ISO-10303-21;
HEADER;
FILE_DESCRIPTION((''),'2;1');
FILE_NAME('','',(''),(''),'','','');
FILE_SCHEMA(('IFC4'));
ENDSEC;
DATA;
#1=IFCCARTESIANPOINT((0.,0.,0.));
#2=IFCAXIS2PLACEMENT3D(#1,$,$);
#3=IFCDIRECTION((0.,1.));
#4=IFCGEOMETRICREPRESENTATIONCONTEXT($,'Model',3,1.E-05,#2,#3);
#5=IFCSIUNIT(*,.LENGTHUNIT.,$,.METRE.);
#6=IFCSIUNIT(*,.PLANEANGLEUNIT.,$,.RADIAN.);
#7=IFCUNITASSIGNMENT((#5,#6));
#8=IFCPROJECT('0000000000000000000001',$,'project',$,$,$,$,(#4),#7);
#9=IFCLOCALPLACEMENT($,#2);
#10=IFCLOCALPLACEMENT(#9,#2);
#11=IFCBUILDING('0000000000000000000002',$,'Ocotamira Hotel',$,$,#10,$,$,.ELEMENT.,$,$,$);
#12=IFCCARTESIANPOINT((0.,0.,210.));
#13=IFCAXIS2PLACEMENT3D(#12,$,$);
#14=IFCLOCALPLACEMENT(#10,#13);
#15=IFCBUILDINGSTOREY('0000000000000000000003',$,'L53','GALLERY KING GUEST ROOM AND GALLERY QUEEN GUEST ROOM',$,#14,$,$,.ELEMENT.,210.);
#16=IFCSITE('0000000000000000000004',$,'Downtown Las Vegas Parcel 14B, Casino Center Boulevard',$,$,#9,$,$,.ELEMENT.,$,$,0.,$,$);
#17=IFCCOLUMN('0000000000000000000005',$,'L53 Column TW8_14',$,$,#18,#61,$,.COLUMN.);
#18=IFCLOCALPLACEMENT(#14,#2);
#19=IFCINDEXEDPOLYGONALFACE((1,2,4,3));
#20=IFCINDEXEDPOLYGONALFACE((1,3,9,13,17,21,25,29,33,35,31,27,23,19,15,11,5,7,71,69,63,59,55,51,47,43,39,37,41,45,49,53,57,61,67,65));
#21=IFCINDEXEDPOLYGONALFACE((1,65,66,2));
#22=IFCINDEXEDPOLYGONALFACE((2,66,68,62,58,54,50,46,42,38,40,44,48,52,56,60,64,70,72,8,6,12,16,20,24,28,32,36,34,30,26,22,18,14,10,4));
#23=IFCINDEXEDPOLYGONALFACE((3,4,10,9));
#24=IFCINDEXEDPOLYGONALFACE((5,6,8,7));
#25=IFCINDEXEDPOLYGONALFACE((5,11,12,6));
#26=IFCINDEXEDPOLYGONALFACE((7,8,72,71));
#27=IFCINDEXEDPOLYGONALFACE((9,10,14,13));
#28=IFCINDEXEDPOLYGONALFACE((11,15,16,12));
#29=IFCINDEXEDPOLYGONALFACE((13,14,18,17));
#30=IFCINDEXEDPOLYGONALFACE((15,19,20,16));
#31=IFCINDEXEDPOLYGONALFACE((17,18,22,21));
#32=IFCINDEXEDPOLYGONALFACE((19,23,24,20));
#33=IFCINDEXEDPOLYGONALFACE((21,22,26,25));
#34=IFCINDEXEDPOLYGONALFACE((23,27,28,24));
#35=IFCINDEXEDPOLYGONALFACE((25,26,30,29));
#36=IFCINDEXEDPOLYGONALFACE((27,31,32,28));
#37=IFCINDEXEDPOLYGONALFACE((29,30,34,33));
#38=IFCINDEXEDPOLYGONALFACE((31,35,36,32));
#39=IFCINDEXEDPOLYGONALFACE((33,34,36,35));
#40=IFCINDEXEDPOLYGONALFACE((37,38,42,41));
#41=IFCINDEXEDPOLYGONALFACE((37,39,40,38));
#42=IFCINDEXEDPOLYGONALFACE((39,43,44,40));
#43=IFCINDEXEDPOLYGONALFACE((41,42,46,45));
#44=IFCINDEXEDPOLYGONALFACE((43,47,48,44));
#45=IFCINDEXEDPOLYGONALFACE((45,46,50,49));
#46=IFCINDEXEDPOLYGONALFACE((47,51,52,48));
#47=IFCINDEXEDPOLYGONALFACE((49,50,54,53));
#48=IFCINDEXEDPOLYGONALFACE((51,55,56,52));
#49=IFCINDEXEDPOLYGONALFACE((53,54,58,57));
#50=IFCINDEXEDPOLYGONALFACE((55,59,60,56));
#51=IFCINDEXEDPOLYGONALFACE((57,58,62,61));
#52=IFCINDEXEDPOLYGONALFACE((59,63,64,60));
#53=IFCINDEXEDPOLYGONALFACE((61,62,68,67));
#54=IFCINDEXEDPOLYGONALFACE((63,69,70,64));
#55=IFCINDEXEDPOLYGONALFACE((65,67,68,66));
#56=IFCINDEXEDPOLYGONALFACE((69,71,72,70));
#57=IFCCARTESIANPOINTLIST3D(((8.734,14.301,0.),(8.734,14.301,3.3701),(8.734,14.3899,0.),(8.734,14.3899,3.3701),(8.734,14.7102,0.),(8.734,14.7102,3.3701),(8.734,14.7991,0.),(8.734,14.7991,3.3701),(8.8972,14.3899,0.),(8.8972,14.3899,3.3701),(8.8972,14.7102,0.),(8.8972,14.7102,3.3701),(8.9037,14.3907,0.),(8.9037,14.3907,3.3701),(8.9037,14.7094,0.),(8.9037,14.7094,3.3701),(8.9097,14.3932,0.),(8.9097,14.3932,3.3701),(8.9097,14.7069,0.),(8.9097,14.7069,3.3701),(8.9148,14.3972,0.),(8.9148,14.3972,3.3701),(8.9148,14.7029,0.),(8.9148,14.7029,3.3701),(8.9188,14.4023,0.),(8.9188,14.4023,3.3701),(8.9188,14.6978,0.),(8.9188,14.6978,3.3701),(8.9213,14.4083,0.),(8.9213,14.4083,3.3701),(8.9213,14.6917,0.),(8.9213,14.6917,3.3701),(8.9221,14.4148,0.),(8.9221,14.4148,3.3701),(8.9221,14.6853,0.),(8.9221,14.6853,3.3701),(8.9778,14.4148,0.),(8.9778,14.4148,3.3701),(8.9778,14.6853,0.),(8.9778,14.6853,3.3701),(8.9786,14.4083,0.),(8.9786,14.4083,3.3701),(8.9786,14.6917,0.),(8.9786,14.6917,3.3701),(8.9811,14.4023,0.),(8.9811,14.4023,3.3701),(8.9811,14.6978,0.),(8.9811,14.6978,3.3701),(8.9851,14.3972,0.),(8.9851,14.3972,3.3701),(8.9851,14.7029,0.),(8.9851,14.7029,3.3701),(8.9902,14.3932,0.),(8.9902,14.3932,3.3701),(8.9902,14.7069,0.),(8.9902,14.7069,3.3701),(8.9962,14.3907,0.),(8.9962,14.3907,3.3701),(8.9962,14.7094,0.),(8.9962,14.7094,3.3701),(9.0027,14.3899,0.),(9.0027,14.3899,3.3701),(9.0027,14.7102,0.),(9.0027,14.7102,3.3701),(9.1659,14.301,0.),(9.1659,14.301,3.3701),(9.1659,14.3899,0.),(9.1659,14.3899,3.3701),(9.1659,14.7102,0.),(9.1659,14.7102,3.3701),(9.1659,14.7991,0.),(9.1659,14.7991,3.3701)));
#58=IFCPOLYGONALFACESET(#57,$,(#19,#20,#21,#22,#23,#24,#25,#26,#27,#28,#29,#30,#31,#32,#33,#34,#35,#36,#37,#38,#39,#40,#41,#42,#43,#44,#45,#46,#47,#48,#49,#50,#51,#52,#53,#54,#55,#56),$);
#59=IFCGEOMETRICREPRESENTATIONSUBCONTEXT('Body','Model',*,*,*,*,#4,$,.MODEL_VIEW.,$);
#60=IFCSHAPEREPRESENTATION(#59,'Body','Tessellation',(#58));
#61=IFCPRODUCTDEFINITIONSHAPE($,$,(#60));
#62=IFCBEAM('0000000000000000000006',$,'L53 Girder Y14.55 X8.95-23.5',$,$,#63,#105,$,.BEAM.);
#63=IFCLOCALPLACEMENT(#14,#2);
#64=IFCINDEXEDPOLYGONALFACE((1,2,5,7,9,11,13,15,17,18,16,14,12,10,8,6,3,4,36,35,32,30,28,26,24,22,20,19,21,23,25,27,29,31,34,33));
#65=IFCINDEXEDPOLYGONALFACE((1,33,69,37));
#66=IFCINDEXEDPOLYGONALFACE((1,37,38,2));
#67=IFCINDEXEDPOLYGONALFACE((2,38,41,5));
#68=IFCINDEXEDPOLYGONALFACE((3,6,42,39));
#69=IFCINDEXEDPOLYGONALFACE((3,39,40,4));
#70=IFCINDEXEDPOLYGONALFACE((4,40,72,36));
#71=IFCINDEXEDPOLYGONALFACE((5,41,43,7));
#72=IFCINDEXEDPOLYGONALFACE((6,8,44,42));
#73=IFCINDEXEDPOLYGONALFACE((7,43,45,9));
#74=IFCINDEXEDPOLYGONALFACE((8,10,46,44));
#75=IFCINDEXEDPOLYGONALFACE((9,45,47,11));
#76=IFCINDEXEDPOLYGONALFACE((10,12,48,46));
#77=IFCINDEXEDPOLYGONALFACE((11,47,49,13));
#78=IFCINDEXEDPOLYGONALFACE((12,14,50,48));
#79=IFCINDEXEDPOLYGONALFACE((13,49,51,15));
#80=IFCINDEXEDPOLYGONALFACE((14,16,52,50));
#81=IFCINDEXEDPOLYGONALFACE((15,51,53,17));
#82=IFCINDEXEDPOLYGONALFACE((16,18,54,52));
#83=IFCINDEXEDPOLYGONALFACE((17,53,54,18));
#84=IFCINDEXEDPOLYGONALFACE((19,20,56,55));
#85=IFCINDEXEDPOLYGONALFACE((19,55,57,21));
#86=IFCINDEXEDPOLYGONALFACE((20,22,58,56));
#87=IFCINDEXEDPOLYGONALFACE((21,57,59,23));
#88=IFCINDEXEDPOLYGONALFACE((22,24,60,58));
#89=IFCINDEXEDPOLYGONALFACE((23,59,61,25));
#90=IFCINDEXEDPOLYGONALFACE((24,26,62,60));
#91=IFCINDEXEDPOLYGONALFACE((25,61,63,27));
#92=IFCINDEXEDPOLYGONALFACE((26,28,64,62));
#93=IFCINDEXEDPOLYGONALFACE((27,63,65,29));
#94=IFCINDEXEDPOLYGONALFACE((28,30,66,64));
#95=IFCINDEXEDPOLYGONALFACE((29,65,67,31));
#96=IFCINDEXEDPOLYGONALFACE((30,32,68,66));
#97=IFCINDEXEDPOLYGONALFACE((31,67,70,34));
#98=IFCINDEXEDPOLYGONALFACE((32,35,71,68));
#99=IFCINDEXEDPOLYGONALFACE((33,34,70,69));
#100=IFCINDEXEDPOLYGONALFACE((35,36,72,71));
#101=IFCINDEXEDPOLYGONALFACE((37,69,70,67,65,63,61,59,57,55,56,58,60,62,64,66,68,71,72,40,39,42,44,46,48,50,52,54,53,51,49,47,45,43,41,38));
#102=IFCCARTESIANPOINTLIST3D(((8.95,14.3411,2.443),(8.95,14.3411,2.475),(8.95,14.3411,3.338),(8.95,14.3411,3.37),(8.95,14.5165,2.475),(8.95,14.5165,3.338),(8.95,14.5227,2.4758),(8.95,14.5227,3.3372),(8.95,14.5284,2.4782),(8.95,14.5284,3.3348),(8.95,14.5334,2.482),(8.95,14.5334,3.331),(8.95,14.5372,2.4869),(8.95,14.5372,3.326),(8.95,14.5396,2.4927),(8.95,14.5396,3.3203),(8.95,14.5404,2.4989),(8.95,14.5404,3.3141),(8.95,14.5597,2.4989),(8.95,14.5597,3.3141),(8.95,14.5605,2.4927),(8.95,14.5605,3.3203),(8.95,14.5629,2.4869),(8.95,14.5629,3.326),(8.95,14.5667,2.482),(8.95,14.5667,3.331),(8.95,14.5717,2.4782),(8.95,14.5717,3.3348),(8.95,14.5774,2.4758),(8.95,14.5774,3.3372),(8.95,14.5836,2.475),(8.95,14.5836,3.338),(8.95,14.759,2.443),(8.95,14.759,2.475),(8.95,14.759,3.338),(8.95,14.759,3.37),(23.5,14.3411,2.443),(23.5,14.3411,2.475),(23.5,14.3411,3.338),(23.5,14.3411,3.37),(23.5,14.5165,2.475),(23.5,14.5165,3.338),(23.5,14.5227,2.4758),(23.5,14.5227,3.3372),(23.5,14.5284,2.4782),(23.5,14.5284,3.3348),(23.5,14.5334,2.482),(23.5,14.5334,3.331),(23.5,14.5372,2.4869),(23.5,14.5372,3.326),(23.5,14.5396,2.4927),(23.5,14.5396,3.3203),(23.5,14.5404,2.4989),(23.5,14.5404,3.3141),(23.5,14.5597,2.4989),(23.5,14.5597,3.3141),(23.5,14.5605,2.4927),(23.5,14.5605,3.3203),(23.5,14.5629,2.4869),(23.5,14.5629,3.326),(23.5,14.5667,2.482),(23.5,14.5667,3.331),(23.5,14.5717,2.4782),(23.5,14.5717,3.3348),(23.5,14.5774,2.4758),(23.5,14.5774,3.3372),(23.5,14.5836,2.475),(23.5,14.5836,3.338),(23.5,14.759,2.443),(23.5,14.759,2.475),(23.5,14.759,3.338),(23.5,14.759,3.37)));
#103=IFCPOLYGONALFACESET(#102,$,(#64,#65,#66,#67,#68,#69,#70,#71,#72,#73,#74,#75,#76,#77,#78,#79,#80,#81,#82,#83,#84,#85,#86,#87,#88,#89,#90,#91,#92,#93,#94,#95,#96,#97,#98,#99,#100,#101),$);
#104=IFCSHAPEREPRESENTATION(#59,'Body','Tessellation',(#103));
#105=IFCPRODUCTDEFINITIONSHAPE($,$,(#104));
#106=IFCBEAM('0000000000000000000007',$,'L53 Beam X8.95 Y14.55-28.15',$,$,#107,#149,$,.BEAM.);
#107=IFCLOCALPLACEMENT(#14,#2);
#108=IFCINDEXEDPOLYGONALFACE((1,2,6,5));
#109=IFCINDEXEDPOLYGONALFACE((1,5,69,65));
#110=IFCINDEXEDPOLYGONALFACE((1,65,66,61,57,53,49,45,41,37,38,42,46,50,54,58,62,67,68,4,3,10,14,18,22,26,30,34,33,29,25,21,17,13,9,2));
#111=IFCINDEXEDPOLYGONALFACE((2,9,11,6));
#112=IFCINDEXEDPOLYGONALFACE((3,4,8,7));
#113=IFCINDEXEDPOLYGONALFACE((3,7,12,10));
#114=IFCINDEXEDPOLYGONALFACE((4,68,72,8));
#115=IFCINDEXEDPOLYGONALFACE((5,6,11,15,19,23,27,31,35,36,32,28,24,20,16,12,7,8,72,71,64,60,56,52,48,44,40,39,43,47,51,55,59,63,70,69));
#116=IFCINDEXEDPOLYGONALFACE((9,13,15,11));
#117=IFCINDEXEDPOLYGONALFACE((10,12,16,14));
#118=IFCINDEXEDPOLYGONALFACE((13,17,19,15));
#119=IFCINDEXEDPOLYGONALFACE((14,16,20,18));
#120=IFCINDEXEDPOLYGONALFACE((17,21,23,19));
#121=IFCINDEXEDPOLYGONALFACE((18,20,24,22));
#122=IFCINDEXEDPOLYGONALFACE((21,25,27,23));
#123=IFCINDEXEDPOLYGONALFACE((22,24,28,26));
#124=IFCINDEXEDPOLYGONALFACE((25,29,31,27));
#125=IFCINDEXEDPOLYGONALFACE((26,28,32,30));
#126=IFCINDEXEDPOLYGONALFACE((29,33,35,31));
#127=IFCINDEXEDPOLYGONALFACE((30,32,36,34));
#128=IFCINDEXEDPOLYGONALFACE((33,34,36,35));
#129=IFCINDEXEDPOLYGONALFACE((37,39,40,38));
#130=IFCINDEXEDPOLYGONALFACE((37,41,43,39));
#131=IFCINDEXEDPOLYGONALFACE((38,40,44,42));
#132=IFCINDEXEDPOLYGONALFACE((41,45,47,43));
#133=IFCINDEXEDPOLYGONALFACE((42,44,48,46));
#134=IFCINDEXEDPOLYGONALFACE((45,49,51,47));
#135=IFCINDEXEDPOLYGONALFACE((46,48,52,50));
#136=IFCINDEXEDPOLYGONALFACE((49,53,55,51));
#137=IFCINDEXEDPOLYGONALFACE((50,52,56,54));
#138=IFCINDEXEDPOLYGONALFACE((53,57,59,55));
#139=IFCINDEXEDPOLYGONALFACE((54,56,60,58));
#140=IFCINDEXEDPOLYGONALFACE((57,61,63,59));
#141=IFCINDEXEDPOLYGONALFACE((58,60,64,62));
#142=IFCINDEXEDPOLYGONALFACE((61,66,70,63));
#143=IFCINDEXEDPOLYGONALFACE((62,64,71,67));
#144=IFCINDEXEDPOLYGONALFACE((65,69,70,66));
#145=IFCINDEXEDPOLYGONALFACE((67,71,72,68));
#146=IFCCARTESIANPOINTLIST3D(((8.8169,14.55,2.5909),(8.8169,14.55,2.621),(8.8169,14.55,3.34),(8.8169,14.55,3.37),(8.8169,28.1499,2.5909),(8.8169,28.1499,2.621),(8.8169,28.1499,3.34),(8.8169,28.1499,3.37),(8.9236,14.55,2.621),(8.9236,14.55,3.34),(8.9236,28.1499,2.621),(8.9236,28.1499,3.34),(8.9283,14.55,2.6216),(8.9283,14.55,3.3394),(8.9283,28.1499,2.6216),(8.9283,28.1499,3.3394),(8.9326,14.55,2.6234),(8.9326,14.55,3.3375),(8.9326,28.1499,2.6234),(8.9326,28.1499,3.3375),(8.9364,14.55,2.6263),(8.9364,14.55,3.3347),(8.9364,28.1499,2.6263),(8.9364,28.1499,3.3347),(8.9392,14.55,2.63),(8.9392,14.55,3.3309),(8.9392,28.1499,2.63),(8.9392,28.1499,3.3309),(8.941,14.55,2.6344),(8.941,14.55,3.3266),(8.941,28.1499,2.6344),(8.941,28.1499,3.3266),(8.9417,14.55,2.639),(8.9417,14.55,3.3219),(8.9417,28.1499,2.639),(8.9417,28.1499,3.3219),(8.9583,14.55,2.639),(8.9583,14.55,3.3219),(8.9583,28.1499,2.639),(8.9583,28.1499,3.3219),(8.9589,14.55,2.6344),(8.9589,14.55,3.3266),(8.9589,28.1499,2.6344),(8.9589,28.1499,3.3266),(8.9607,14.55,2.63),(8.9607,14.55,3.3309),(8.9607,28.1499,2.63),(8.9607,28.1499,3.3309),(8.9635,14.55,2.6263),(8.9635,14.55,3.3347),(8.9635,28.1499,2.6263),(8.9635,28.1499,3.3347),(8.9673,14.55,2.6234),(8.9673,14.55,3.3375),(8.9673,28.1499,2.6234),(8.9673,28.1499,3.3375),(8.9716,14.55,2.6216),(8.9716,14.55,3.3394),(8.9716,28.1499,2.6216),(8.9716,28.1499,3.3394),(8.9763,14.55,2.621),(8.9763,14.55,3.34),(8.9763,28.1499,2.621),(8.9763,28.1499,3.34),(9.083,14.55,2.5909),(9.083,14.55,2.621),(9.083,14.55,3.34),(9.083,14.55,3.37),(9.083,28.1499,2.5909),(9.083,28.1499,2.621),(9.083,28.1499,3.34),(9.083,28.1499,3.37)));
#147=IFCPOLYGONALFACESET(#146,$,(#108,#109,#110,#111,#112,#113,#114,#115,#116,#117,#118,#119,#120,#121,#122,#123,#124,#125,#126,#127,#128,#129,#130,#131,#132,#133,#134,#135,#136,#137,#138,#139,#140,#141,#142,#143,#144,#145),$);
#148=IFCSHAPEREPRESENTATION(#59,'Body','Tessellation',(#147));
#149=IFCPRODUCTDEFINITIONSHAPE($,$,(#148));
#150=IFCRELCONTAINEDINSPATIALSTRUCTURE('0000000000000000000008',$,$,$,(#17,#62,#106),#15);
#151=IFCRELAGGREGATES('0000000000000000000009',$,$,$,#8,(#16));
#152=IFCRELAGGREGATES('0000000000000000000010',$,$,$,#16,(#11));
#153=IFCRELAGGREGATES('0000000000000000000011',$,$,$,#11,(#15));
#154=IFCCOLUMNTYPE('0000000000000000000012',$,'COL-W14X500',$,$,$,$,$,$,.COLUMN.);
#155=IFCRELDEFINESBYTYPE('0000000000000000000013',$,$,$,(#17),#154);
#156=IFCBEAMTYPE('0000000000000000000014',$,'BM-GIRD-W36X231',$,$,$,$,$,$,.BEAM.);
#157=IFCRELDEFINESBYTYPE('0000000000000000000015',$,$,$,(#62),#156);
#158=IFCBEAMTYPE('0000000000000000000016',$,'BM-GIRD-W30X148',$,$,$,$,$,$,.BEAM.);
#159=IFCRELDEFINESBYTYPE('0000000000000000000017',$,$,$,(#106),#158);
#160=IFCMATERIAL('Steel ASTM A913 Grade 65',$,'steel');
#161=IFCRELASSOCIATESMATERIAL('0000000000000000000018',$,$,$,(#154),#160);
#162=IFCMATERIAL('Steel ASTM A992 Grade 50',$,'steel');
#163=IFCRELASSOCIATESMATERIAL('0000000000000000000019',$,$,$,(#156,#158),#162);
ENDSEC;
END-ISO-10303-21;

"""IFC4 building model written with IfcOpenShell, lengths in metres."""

from ifc_helpers import new_model, si_unit, direction, frame, origin, origin_2d, place, context, subcontext, project, spatial, i_section, extrude, source, transform, mapped, material, material_profile, profile_set, type_object, element, save


model = new_model("IFC4")

# Units and contexts
model_context = context("Model", 3, precision=1e-05, world=origin(), true_north=direction((0.0, 1.0)))
body_context = subcontext(model_context, "Body", "Model", "MODEL_VIEW")
ifc_project = project(units=[si_unit("LENGTHUNIT", "METRE"), si_unit("PLANEANGLEUNIT", "RADIAN")], contexts=[model_context])

# Site, building, storey
site_placement = place(None, origin())
site = spatial("IfcSite", under=ifc_project, at=site_placement, Name="Downtown Las Vegas Parcel 14B, Casino Center Boulevard", CompositionType="ELEMENT", RefElevation=0.0)
building_placement = place(site_placement, origin())
building = spatial("IfcBuilding", under=site, at=building_placement, Name="Ocotamira Hotel", CompositionType="ELEMENT")
storey_placement = place(building_placement, frame((0.0, 0.0, 210.0)))
storey = spatial("IfcBuildingStorey", under=building, at=storey_placement, Name="L53", Description="GALLERY KING GUEST ROOM AND GALLERY QUEEN GUEST ROOM", CompositionType="ELEMENT", Elevation=210.0)

# Column
ifc_material_1 = material(Name="Steel ASTM A913 Grade 65", Category="steel")
ifc_material_profile_1 = material_profile(ifc_material_1, i_section(OverallWidth=0.4319, OverallDepth=0.498, WebThickness=0.0557, FlangeThickness=0.0889, FilletRadius=0.0249, at=origin_2d()), Name="W14X500")
ifc_profile_set_1 = profile_set([ifc_material_profile_1], Name="Steel ASTM A913 Grade 65")
column_type = type_object("IfcColumnType", Name="COL-W14X500", PredefinedType="COLUMN", material=ifc_profile_set_1)
shared_shape_1 = source(origin(), body_context, "Body", "SweptSolid", [
    extrude(i_section(OverallWidth=0.4319, OverallDepth=0.498, WebThickness=0.0557, FlangeThickness=0.0889, FilletRadius=0.0249, at=origin_2d()), origin(), (0.0, 0.0, 1.0), 3.3701),
])
column_placement = place(storey_placement, frame((8.95, 14.55, 0.0), z_axis=(0.0, 0.0, 1.0), x_axis=(1.0, 0.0, 0.0)))
element("IfcColumn", 1, at=column_placement, inside=storey, type_object=column_type, Name="L53 Column TW8_14", PredefinedType="COLUMN", context=body_context, shape_type="MappedRepresentation", body=[
    mapped(shared_shape_1, transform((0.0, 0.0, 0.0), scale=1.0)),
])

# Beams
ifc_material_2 = material(Name="Steel ASTM A992 Grade 50", Category="steel")
ifc_material_profile_2 = material_profile(ifc_material_2, i_section(OverallWidth=0.418, OverallDepth=0.927, WebThickness=0.0193, FlangeThickness=0.032, FilletRadius=0.0239, at=origin_2d()), Name="W36X231")
ifc_profile_set_2 = profile_set([ifc_material_profile_2], Name="Steel ASTM A992 Grade 50")
beam_type_1 = type_object("IfcBeamType", Name="BM-GIRD-W36X231", PredefinedType="BEAM", material=ifc_profile_set_2)
shared_shape_2 = source(origin(), body_context, "Body", "SweptSolid", [
    extrude(i_section(OverallWidth=0.418, OverallDepth=0.927, WebThickness=0.0193, FlangeThickness=0.032, FilletRadius=0.0239, at=origin_2d()), origin(), (0.0, 0.0, 1.0), 14.55),
])
beam_1_placement = place(storey_placement, frame((8.95, 14.55, 2.9065), z_axis=(1.0, 0.0, 0.0), x_axis=(0.0, 1.0, 0.0)))
element("IfcBeam", 2, at=beam_1_placement, inside=storey, type_object=beam_type_1, Name="L53 Girder Y14.55 X8.95-23.5", PredefinedType="BEAM", context=body_context, shape_type="MappedRepresentation", body=[
    mapped(shared_shape_2, transform((0.0, 0.0, 0.0), scale=1.0)),
])
ifc_material_profile_3 = material_profile(ifc_material_2, i_section(OverallWidth=0.2661, OverallDepth=0.7791, WebThickness=0.0166, FlangeThickness=0.03, FilletRadius=0.0181, at=origin_2d()), Name="W30X148")
ifc_profile_set_3 = profile_set([ifc_material_profile_3], Name="Steel ASTM A992 Grade 50")
beam_type_2 = type_object("IfcBeamType", Name="BM-GIRD-W30X148", PredefinedType="BEAM", material=ifc_profile_set_3)
shared_shape_3 = source(origin(), body_context, "Body", "SweptSolid", [
    extrude(i_section(OverallWidth=0.2661, OverallDepth=0.7791, WebThickness=0.0166, FlangeThickness=0.03, FilletRadius=0.0181, at=origin_2d()), origin(), (0.0, 0.0, 1.0), 13.5999),
])
beam_2_placement = place(storey_placement, frame((8.95, 14.55, 2.9805), z_axis=(0.0, 1.0, 0.0), x_axis=(-1.0, 0.0, 0.0)))
element("IfcBeam", 3, at=beam_2_placement, inside=storey, type_object=beam_type_2, Name="L53 Beam X8.95 Y14.55-28.15", PredefinedType="BEAM", context=body_context, shape_type="MappedRepresentation", body=[
    mapped(shared_shape_3, transform((0.0, 0.0, 0.0), scale=1.0)),
])

save(model, "model.ifc")
